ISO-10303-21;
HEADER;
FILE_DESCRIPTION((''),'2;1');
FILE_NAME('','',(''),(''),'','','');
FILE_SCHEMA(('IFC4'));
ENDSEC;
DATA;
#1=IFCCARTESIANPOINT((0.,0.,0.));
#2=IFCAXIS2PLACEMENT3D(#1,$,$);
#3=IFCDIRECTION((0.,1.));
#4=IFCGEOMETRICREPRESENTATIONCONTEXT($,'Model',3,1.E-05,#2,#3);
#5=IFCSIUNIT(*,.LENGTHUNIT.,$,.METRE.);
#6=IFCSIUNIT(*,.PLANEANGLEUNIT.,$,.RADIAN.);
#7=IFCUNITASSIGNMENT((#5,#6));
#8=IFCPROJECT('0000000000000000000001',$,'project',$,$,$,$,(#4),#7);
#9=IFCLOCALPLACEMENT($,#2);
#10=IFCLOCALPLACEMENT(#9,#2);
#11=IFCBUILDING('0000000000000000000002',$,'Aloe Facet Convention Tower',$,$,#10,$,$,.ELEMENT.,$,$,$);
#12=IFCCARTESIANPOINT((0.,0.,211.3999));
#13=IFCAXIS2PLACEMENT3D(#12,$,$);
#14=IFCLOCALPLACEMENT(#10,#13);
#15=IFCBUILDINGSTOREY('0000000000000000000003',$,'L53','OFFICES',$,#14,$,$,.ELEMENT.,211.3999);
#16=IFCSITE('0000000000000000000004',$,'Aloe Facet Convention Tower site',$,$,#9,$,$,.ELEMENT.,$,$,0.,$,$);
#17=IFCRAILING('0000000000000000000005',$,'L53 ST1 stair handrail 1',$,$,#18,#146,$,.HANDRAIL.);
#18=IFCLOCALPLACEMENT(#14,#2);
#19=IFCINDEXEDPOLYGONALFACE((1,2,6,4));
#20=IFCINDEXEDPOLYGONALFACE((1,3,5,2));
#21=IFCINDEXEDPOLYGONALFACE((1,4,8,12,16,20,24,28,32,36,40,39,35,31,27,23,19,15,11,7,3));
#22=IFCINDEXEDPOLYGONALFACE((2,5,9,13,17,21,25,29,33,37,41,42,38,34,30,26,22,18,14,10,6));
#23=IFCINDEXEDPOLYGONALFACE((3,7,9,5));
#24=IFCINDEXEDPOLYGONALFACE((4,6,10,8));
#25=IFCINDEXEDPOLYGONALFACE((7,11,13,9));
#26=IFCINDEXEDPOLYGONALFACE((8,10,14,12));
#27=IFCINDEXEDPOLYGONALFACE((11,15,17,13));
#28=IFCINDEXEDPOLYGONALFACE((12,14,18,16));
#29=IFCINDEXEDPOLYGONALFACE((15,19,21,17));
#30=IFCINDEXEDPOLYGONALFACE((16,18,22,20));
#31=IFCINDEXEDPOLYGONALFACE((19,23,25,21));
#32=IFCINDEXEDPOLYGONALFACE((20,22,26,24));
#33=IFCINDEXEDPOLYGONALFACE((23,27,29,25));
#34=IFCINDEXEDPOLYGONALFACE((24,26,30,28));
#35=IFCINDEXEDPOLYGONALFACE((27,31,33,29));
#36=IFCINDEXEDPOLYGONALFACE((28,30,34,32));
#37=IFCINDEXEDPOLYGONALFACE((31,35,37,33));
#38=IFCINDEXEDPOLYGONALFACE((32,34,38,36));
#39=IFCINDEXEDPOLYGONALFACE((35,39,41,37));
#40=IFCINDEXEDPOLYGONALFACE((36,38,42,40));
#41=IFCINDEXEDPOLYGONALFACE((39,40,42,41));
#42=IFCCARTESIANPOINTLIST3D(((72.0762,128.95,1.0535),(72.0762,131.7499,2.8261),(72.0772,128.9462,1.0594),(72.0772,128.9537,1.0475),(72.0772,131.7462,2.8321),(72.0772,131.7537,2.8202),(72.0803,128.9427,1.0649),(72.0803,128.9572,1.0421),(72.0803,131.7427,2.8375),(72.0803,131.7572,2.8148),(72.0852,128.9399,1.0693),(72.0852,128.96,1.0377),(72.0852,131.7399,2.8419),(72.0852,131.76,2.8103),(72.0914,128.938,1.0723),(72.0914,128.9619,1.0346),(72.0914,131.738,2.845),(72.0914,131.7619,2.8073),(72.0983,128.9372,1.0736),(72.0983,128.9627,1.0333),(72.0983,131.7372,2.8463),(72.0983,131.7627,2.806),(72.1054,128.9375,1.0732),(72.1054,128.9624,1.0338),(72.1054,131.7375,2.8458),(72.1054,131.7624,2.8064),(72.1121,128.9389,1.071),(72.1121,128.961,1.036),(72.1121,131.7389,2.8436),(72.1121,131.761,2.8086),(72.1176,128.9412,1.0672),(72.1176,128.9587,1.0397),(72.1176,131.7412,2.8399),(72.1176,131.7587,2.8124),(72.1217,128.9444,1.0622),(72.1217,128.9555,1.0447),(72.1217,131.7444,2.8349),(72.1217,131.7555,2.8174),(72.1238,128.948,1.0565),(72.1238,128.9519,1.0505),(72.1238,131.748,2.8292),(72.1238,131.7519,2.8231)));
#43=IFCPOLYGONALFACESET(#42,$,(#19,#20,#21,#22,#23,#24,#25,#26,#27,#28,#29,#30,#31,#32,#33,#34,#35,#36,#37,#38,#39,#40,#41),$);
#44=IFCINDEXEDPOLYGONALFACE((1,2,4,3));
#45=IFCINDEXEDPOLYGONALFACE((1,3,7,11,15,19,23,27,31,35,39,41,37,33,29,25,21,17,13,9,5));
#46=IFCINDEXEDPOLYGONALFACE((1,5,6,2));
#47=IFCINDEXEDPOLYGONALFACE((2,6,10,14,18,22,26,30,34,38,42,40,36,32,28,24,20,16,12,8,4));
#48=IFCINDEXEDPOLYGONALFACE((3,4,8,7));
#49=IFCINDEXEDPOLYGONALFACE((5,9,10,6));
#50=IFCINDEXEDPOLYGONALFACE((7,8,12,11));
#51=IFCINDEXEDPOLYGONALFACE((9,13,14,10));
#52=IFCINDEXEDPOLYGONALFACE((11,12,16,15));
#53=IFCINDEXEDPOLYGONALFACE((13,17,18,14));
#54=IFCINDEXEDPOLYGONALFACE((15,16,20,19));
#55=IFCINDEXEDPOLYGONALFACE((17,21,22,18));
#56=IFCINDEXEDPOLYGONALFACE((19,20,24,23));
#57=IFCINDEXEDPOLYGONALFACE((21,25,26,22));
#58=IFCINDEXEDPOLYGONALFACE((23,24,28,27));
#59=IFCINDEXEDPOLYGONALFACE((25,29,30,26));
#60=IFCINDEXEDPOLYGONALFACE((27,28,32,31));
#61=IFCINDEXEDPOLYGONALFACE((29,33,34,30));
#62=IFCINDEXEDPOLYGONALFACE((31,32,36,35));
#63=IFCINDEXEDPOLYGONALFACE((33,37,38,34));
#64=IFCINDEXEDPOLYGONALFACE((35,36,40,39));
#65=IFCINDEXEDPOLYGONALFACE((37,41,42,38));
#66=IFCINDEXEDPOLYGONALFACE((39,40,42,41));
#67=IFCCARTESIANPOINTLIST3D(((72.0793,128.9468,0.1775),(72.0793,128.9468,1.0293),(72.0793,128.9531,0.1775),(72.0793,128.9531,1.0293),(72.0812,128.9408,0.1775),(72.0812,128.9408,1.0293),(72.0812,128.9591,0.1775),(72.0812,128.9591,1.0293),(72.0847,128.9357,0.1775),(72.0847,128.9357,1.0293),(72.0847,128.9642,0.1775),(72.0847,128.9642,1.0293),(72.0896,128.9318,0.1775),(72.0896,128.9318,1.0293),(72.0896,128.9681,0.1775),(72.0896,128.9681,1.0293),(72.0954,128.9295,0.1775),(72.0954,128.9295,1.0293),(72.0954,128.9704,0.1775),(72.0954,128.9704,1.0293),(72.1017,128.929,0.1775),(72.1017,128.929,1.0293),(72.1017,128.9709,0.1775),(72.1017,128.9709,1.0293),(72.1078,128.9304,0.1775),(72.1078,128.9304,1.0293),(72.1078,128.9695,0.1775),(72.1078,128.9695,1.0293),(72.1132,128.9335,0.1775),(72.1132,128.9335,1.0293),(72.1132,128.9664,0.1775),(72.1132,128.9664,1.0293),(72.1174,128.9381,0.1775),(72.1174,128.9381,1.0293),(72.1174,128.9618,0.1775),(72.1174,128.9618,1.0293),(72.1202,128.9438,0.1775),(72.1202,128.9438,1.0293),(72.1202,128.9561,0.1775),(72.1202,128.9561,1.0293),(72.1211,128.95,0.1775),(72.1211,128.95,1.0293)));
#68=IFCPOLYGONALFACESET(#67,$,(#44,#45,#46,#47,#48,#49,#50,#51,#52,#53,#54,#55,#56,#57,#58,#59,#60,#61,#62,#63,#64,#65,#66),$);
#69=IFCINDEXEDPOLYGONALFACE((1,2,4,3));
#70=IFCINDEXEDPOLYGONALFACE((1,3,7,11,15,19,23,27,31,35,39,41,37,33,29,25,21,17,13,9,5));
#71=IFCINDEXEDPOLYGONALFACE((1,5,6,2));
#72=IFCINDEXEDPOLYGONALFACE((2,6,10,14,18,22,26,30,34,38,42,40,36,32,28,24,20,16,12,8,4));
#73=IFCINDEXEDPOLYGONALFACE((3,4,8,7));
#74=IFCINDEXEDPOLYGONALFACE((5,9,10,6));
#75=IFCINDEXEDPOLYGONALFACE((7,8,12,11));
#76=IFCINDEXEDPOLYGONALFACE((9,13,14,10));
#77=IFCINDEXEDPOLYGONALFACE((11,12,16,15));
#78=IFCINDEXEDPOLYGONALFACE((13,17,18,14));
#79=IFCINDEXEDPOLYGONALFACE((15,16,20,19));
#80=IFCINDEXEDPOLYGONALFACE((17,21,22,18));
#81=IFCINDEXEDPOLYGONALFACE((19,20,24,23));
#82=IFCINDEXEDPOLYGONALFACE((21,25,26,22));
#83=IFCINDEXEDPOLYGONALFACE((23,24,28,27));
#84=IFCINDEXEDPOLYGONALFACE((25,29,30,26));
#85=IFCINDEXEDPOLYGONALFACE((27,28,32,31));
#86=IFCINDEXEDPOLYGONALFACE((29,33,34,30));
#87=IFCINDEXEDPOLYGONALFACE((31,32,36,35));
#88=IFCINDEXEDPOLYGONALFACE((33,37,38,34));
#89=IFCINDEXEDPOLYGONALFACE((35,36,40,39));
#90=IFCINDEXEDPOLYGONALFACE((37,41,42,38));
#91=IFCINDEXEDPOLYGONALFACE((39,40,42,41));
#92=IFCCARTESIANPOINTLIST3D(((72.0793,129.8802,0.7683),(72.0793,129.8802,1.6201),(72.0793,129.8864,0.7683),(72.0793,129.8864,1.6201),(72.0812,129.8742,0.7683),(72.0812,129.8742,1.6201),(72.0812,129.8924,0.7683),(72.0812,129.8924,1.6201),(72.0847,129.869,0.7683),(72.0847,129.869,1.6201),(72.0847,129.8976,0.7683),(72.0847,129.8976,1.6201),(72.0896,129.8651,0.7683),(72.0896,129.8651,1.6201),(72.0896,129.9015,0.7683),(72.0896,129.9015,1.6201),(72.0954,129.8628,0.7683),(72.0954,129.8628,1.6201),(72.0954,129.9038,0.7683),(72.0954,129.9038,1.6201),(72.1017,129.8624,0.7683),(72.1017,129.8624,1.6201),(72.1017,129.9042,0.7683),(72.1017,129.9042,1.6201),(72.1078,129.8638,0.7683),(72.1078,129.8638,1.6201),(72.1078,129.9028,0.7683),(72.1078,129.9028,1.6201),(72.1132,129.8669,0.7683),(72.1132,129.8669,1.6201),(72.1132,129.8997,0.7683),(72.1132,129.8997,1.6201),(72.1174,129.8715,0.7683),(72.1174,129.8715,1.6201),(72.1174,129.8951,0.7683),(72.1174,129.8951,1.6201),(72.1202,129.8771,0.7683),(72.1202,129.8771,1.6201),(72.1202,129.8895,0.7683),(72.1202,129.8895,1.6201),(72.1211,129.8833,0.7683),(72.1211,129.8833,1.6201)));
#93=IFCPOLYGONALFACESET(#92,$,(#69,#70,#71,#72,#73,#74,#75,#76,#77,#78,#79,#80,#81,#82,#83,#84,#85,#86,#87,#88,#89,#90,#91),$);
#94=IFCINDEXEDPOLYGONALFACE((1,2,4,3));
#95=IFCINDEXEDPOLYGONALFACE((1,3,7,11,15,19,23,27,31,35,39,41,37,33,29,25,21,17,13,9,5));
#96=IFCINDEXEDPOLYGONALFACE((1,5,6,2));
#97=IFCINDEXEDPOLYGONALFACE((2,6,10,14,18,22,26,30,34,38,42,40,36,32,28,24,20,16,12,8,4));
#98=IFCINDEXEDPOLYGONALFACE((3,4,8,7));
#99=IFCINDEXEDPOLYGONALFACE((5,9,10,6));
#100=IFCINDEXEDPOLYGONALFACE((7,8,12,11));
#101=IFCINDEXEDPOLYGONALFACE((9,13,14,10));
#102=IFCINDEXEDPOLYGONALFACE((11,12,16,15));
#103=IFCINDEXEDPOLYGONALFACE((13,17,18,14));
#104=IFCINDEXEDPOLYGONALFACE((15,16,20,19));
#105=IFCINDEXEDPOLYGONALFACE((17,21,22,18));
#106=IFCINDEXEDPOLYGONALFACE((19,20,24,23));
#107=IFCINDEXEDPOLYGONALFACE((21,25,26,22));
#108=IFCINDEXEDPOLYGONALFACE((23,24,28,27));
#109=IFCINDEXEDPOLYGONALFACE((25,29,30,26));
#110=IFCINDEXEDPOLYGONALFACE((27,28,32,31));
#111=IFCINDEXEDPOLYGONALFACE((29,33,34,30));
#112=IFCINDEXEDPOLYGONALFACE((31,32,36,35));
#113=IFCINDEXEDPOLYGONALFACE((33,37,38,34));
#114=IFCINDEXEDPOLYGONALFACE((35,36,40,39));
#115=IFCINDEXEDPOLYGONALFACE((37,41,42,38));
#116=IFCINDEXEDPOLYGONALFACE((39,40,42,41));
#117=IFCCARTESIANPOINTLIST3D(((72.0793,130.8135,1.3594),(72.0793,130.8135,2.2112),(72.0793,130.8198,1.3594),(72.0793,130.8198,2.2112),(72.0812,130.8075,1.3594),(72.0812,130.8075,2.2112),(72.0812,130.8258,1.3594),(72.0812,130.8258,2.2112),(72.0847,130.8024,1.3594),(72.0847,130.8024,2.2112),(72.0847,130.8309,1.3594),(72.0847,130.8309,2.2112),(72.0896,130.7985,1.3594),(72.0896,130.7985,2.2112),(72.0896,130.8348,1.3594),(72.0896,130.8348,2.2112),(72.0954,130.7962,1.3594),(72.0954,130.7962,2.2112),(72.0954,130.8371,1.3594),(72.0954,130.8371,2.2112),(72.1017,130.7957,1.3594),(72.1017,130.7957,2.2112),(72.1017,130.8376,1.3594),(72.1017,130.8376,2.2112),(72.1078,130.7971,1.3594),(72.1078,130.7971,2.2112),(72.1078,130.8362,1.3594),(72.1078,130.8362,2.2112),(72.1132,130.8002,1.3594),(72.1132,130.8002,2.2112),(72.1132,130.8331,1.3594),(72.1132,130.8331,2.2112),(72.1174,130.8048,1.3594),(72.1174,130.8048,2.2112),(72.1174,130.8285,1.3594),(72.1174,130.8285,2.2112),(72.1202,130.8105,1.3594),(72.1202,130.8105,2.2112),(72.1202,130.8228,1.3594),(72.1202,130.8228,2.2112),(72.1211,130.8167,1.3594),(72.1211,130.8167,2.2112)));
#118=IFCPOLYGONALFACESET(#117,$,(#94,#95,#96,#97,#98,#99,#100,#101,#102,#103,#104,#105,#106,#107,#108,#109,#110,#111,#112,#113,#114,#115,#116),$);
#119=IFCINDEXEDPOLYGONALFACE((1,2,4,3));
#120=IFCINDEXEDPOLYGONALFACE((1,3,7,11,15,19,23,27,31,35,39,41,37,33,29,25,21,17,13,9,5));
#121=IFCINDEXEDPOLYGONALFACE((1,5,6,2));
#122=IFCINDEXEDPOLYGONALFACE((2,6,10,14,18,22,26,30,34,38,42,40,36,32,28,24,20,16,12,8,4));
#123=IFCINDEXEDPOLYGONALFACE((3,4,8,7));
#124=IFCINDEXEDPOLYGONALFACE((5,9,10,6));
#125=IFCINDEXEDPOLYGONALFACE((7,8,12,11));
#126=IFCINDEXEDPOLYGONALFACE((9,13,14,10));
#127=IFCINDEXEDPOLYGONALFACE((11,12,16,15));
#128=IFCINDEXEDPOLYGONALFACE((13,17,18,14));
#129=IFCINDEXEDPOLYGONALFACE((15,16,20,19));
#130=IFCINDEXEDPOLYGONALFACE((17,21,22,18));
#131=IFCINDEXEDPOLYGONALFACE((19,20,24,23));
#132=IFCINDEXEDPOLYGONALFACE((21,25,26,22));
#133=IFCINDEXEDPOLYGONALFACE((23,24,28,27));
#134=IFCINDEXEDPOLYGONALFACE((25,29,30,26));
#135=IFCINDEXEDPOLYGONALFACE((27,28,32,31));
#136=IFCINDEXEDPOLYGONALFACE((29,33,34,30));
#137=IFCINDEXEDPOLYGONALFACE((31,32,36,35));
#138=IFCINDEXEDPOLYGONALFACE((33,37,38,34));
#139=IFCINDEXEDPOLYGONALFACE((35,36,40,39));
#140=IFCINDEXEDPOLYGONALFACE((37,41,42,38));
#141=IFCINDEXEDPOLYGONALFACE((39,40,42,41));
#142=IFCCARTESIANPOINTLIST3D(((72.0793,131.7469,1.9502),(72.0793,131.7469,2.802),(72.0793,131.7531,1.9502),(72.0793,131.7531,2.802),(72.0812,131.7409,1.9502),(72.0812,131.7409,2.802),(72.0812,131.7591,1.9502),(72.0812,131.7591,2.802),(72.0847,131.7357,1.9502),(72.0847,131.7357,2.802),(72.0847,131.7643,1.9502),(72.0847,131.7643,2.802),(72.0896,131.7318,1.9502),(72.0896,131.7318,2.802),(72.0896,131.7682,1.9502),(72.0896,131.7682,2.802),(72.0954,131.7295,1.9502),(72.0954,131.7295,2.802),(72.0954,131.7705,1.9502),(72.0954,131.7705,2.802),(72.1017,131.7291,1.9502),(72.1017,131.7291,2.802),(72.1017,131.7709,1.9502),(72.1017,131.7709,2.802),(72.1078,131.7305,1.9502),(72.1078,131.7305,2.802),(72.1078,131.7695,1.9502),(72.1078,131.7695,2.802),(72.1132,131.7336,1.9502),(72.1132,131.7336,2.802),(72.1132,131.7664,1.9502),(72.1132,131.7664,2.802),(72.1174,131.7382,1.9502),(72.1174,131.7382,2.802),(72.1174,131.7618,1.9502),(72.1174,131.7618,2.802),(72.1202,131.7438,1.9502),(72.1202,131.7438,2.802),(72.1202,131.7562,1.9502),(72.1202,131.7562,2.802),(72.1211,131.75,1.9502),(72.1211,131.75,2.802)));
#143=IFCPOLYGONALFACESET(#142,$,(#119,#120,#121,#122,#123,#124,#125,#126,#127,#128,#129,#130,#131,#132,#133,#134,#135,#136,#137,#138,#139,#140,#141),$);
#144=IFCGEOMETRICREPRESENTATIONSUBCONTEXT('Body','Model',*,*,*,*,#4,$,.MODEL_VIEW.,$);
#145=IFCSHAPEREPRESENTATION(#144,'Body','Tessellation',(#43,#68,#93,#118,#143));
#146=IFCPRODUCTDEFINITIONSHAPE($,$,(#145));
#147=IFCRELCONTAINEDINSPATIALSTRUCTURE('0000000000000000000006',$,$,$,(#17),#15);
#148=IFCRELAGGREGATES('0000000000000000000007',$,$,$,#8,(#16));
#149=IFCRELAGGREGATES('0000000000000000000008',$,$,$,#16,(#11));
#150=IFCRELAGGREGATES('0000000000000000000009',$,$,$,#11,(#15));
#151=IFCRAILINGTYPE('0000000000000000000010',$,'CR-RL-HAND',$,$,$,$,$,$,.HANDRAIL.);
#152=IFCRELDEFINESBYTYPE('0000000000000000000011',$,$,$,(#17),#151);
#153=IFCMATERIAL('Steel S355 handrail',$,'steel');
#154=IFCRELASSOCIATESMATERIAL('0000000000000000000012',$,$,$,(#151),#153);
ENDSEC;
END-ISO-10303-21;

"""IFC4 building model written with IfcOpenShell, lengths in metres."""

from ifc_helpers import new_model, si_unit, direction, frame, origin, origin_2d, place, context, subcontext, project, spatial, circle, extrude, material, type_object, element, save


model = new_model("IFC4")

# Units and contexts
model_context = context("Model", 3, precision=1e-05, world=origin(), true_north=direction((0.0, 1.0)))
body_context = subcontext(model_context, "Body", "Model", "MODEL_VIEW")
ifc_project = project(units=[si_unit("LENGTHUNIT", "METRE"), si_unit("PLANEANGLEUNIT", "RADIAN")], contexts=[model_context])

# Site, building, storey
site_placement = place(None, origin())
site = spatial("IfcSite", under=ifc_project, at=site_placement, Name="Aloe Facet Convention Tower site", CompositionType="ELEMENT", RefElevation=0.0)
building_placement = place(site_placement, origin())
building = spatial("IfcBuilding", under=site, at=building_placement, Name="Aloe Facet Convention Tower", CompositionType="ELEMENT")
storey_placement = place(building_placement, frame((0.0, 0.0, 211.3999)))
storey = spatial("IfcBuildingStorey", under=building, at=storey_placement, Name="L53", Description="OFFICES", CompositionType="ELEMENT", Elevation=211.3999)

# Railing
ifc_material_1 = material(Name="Steel S355 handrail", Category="steel")
railing_type_1 = type_object("IfcRailingType", Name="CR-RL-HAND", PredefinedType="HANDRAIL", material=ifc_material_1)
railing_1_placement = place(storey_placement, frame((72.1001, 128.95, 0.1775)))
element("IfcRailing", 1, at=railing_1_placement, inside=storey, type_object=railing_type_1, Name="L53 ST1 stair handrail 1", PredefinedType="HANDRAIL", context=body_context, shape_type="SweptSolid", body=[
    extrude(circle(Radius=0.0239, at=origin_2d()), frame((0.0, 0.0, 0.876), z_axis=(0.0, 0.844909, 0.53491), x_axis=(-1.0, 0.0, 0.0)), (0.0, 0.0, 1.0), 3.314),
    extrude(circle(Radius=0.021, at=origin_2d()), origin(), (0.0, 0.0, 1.0), 0.8518),
    extrude(circle(Radius=0.021, at=origin_2d()), frame((0.0, 0.9333, 0.5908)), (0.0, 0.0, 1.0), 0.8518),
    extrude(circle(Radius=0.021, at=origin_2d()), frame((0.0, 1.8667, 1.1819)), (0.0, 0.0, 1.0), 0.8518),
    extrude(circle(Radius=0.021, at=origin_2d()), frame((0.0, 2.8, 1.7727)), (0.0, 0.0, 1.0), 0.8518),
])

save(model, "model.ifc")
